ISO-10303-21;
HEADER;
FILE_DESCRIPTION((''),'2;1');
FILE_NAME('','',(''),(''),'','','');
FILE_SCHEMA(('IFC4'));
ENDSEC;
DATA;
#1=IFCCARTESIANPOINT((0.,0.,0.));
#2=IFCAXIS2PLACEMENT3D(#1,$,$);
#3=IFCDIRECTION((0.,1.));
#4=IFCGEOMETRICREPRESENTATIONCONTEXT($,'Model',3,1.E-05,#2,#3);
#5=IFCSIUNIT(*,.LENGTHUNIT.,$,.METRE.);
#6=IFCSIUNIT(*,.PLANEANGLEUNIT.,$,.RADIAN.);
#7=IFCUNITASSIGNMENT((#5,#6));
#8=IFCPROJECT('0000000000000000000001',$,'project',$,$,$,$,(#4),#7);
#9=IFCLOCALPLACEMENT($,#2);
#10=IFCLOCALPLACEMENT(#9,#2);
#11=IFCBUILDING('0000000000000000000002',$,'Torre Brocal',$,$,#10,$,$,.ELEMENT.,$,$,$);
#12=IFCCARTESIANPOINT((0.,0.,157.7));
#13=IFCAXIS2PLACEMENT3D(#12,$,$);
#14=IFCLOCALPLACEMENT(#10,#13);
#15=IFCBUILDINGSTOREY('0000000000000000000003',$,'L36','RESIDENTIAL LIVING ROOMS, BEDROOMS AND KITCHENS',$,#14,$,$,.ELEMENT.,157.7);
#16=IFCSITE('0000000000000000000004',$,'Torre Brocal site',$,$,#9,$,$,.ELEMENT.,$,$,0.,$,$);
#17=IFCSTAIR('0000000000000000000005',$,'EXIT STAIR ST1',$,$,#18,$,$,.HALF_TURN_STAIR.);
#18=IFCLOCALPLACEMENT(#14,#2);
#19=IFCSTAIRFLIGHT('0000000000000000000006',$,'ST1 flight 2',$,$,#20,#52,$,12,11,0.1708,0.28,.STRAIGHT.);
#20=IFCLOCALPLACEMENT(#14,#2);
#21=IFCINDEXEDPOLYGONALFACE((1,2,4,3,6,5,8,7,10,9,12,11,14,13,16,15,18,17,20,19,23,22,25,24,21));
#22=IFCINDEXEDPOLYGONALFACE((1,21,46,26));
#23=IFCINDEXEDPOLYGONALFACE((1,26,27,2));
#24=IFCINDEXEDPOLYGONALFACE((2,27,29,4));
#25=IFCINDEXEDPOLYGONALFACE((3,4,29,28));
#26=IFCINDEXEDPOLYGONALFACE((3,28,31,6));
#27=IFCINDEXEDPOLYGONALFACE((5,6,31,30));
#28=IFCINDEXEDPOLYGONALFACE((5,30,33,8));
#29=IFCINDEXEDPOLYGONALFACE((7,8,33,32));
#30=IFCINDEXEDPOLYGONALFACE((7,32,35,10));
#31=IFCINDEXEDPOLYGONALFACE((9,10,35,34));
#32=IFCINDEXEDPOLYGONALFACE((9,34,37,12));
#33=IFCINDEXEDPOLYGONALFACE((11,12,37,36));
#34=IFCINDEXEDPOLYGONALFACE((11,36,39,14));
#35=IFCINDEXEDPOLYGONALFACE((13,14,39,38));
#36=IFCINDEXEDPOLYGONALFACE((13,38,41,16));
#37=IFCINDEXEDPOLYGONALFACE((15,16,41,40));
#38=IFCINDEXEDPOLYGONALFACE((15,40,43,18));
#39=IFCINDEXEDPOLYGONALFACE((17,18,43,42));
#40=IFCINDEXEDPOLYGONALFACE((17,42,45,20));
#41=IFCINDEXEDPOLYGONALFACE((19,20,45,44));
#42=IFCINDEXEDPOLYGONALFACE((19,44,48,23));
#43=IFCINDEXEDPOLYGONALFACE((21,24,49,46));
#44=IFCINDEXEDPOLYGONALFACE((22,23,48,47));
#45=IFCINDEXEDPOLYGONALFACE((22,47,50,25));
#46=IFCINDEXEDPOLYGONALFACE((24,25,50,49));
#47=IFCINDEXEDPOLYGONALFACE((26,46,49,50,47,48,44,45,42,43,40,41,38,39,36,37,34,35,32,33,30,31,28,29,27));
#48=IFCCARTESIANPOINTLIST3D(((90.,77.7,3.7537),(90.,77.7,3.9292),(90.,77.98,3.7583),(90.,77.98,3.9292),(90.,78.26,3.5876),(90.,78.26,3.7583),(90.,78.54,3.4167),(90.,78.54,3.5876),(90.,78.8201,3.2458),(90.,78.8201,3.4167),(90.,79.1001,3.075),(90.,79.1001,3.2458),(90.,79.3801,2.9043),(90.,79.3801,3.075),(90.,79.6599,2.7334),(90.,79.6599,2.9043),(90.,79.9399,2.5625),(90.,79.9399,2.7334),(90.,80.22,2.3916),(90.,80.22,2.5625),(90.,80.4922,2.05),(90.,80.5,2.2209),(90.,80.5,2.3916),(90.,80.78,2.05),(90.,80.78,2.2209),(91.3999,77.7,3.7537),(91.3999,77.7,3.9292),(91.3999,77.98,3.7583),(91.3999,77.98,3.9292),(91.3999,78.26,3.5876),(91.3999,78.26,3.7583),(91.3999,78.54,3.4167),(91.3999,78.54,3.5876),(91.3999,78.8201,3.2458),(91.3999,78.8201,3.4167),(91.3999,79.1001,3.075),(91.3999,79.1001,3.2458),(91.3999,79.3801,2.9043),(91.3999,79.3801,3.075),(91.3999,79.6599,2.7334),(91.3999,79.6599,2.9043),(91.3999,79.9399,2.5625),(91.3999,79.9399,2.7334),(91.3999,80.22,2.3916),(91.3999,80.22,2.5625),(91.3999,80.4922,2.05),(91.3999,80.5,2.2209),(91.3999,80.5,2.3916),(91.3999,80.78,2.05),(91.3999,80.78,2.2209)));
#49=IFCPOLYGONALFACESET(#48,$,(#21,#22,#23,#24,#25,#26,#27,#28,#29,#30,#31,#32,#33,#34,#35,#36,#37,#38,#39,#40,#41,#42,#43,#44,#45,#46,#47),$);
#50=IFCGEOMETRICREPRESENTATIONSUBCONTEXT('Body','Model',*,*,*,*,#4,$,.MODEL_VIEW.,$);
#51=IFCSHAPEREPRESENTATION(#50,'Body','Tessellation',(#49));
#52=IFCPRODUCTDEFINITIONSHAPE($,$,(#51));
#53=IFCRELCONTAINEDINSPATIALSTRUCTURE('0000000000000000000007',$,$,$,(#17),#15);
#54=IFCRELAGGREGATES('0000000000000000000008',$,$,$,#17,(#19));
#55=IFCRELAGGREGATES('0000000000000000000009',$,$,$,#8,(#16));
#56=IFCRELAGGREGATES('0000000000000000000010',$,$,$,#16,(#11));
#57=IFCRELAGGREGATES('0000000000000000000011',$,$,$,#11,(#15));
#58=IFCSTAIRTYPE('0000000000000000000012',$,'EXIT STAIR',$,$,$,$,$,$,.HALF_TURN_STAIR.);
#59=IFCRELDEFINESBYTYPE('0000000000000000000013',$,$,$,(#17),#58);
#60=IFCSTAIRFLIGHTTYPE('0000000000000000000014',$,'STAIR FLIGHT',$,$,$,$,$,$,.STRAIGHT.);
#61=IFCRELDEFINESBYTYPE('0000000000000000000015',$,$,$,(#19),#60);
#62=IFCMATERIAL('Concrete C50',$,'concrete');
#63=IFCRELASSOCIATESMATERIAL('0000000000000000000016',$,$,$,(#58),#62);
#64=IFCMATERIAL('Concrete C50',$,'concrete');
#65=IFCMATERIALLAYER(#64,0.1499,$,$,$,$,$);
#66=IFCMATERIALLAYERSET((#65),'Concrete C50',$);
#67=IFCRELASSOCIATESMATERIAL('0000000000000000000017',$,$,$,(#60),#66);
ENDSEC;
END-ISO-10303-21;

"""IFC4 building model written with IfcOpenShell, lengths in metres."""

from ifc_helpers import new_model, si_unit, direction, frame, origin, place, context, subcontext, project, spatial, polyline, outline, extrude, material, layer, layer_set, type_object, element, aggregate, save


model = new_model("IFC4")

# Units and contexts
model_context = context("Model", 3, precision=1e-05, world=origin(), true_north=direction((0.0, 1.0)))
body_context = subcontext(model_context, "Body", "Model", "MODEL_VIEW")
ifc_project = project(units=[si_unit("LENGTHUNIT", "METRE"), si_unit("PLANEANGLEUNIT", "RADIAN")], contexts=[model_context])

# Site, building, storey
site_placement = place(None, origin())
site = spatial("IfcSite", under=ifc_project, at=site_placement, Name="Torre Brocal site", CompositionType="ELEMENT", RefElevation=0.0)
building_placement = place(site_placement, origin())
building = spatial("IfcBuilding", under=site, at=building_placement, Name="Torre Brocal", CompositionType="ELEMENT")
storey_placement = place(building_placement, frame((0.0, 0.0, 157.7)))
storey = spatial("IfcBuildingStorey", under=building, at=storey_placement, Name="L36", Description="RESIDENTIAL LIVING ROOMS, BEDROOMS AND KITCHENS", CompositionType="ELEMENT", Elevation=157.7)

# Stair, stair flight
ifc_material_1 = material(Name="Concrete C50", Category="concrete")
stair_type = type_object("IfcStairType", Name="EXIT STAIR", PredefinedType="HALF_TURN_STAIR", material=ifc_material_1)
stair_placement = place(storey_placement, origin())
stair = element("IfcStair", 1, at=stair_placement, inside=storey, type_object=stair_type, Name="EXIT STAIR ST1", PredefinedType="HALF_TURN_STAIR")
ifc_material_2 = material(Name="Concrete C50", Category="concrete")
ifc_layer_1 = layer(ifc_material_2, 0.1499)
ifc_layer_set_1 = layer_set([ifc_layer_1], Name="Concrete C50")
stair_flight_type = type_object("IfcStairFlightType", Name="STAIR FLIGHT", PredefinedType="STRAIGHT", material=ifc_layer_set_1)
stair_flight_1_placement = place(storey_placement, frame((90.7, 80.78, 2.05), z_axis=(0.0, 0.0, 1.0), x_axis=(0.0, -1.0, 0.0)))
stair_flight_1 = element("IfcStairFlight", 2, at=stair_flight_1_placement, type_object=stair_flight_type, Name="ST1 flight 2", NumberOfRisers=12, NumberOfTreads=11, PredefinedType="STRAIGHT", RiserHeight=0.1708, TreadLength=0.28, context=body_context, shape_type="SweptSolid", body=[
    extrude(outline(polyline([(0.0, 0.0), (0.0, 0.1709), (0.28, 0.1709), (0.28, 0.3416), (0.5601, 0.3416), (0.5601, 0.5125), (0.8401, 0.5125), (0.8401, 0.6833), (1.1201, 0.6833), (1.1201, 0.8542), (1.3999, 0.8542), (1.3999, 1.0249), (1.6799, 1.0249), (1.6799, 1.1958), (1.96, 1.1958), (1.96, 1.3667), (2.24, 1.3667), (2.24, 1.5376), (2.52, 1.5376), (2.52, 1.7083), (2.8, 1.7083), (2.8, 1.8792), (3.0801, 1.8792), (3.0801, 2.05), (3.0801, 1.7036), (0.2878, 0.0), (0.0, 0.0)])), frame((0.0, 0.7, 0.0), z_axis=(0.0, -1.0, 0.0), x_axis=(1.0, 0.0, 0.0)), (0.0, 0.0, 1.0), 1.3999),
])
aggregate(stair, [stair_flight_1])

save(model, "model.ifc")
